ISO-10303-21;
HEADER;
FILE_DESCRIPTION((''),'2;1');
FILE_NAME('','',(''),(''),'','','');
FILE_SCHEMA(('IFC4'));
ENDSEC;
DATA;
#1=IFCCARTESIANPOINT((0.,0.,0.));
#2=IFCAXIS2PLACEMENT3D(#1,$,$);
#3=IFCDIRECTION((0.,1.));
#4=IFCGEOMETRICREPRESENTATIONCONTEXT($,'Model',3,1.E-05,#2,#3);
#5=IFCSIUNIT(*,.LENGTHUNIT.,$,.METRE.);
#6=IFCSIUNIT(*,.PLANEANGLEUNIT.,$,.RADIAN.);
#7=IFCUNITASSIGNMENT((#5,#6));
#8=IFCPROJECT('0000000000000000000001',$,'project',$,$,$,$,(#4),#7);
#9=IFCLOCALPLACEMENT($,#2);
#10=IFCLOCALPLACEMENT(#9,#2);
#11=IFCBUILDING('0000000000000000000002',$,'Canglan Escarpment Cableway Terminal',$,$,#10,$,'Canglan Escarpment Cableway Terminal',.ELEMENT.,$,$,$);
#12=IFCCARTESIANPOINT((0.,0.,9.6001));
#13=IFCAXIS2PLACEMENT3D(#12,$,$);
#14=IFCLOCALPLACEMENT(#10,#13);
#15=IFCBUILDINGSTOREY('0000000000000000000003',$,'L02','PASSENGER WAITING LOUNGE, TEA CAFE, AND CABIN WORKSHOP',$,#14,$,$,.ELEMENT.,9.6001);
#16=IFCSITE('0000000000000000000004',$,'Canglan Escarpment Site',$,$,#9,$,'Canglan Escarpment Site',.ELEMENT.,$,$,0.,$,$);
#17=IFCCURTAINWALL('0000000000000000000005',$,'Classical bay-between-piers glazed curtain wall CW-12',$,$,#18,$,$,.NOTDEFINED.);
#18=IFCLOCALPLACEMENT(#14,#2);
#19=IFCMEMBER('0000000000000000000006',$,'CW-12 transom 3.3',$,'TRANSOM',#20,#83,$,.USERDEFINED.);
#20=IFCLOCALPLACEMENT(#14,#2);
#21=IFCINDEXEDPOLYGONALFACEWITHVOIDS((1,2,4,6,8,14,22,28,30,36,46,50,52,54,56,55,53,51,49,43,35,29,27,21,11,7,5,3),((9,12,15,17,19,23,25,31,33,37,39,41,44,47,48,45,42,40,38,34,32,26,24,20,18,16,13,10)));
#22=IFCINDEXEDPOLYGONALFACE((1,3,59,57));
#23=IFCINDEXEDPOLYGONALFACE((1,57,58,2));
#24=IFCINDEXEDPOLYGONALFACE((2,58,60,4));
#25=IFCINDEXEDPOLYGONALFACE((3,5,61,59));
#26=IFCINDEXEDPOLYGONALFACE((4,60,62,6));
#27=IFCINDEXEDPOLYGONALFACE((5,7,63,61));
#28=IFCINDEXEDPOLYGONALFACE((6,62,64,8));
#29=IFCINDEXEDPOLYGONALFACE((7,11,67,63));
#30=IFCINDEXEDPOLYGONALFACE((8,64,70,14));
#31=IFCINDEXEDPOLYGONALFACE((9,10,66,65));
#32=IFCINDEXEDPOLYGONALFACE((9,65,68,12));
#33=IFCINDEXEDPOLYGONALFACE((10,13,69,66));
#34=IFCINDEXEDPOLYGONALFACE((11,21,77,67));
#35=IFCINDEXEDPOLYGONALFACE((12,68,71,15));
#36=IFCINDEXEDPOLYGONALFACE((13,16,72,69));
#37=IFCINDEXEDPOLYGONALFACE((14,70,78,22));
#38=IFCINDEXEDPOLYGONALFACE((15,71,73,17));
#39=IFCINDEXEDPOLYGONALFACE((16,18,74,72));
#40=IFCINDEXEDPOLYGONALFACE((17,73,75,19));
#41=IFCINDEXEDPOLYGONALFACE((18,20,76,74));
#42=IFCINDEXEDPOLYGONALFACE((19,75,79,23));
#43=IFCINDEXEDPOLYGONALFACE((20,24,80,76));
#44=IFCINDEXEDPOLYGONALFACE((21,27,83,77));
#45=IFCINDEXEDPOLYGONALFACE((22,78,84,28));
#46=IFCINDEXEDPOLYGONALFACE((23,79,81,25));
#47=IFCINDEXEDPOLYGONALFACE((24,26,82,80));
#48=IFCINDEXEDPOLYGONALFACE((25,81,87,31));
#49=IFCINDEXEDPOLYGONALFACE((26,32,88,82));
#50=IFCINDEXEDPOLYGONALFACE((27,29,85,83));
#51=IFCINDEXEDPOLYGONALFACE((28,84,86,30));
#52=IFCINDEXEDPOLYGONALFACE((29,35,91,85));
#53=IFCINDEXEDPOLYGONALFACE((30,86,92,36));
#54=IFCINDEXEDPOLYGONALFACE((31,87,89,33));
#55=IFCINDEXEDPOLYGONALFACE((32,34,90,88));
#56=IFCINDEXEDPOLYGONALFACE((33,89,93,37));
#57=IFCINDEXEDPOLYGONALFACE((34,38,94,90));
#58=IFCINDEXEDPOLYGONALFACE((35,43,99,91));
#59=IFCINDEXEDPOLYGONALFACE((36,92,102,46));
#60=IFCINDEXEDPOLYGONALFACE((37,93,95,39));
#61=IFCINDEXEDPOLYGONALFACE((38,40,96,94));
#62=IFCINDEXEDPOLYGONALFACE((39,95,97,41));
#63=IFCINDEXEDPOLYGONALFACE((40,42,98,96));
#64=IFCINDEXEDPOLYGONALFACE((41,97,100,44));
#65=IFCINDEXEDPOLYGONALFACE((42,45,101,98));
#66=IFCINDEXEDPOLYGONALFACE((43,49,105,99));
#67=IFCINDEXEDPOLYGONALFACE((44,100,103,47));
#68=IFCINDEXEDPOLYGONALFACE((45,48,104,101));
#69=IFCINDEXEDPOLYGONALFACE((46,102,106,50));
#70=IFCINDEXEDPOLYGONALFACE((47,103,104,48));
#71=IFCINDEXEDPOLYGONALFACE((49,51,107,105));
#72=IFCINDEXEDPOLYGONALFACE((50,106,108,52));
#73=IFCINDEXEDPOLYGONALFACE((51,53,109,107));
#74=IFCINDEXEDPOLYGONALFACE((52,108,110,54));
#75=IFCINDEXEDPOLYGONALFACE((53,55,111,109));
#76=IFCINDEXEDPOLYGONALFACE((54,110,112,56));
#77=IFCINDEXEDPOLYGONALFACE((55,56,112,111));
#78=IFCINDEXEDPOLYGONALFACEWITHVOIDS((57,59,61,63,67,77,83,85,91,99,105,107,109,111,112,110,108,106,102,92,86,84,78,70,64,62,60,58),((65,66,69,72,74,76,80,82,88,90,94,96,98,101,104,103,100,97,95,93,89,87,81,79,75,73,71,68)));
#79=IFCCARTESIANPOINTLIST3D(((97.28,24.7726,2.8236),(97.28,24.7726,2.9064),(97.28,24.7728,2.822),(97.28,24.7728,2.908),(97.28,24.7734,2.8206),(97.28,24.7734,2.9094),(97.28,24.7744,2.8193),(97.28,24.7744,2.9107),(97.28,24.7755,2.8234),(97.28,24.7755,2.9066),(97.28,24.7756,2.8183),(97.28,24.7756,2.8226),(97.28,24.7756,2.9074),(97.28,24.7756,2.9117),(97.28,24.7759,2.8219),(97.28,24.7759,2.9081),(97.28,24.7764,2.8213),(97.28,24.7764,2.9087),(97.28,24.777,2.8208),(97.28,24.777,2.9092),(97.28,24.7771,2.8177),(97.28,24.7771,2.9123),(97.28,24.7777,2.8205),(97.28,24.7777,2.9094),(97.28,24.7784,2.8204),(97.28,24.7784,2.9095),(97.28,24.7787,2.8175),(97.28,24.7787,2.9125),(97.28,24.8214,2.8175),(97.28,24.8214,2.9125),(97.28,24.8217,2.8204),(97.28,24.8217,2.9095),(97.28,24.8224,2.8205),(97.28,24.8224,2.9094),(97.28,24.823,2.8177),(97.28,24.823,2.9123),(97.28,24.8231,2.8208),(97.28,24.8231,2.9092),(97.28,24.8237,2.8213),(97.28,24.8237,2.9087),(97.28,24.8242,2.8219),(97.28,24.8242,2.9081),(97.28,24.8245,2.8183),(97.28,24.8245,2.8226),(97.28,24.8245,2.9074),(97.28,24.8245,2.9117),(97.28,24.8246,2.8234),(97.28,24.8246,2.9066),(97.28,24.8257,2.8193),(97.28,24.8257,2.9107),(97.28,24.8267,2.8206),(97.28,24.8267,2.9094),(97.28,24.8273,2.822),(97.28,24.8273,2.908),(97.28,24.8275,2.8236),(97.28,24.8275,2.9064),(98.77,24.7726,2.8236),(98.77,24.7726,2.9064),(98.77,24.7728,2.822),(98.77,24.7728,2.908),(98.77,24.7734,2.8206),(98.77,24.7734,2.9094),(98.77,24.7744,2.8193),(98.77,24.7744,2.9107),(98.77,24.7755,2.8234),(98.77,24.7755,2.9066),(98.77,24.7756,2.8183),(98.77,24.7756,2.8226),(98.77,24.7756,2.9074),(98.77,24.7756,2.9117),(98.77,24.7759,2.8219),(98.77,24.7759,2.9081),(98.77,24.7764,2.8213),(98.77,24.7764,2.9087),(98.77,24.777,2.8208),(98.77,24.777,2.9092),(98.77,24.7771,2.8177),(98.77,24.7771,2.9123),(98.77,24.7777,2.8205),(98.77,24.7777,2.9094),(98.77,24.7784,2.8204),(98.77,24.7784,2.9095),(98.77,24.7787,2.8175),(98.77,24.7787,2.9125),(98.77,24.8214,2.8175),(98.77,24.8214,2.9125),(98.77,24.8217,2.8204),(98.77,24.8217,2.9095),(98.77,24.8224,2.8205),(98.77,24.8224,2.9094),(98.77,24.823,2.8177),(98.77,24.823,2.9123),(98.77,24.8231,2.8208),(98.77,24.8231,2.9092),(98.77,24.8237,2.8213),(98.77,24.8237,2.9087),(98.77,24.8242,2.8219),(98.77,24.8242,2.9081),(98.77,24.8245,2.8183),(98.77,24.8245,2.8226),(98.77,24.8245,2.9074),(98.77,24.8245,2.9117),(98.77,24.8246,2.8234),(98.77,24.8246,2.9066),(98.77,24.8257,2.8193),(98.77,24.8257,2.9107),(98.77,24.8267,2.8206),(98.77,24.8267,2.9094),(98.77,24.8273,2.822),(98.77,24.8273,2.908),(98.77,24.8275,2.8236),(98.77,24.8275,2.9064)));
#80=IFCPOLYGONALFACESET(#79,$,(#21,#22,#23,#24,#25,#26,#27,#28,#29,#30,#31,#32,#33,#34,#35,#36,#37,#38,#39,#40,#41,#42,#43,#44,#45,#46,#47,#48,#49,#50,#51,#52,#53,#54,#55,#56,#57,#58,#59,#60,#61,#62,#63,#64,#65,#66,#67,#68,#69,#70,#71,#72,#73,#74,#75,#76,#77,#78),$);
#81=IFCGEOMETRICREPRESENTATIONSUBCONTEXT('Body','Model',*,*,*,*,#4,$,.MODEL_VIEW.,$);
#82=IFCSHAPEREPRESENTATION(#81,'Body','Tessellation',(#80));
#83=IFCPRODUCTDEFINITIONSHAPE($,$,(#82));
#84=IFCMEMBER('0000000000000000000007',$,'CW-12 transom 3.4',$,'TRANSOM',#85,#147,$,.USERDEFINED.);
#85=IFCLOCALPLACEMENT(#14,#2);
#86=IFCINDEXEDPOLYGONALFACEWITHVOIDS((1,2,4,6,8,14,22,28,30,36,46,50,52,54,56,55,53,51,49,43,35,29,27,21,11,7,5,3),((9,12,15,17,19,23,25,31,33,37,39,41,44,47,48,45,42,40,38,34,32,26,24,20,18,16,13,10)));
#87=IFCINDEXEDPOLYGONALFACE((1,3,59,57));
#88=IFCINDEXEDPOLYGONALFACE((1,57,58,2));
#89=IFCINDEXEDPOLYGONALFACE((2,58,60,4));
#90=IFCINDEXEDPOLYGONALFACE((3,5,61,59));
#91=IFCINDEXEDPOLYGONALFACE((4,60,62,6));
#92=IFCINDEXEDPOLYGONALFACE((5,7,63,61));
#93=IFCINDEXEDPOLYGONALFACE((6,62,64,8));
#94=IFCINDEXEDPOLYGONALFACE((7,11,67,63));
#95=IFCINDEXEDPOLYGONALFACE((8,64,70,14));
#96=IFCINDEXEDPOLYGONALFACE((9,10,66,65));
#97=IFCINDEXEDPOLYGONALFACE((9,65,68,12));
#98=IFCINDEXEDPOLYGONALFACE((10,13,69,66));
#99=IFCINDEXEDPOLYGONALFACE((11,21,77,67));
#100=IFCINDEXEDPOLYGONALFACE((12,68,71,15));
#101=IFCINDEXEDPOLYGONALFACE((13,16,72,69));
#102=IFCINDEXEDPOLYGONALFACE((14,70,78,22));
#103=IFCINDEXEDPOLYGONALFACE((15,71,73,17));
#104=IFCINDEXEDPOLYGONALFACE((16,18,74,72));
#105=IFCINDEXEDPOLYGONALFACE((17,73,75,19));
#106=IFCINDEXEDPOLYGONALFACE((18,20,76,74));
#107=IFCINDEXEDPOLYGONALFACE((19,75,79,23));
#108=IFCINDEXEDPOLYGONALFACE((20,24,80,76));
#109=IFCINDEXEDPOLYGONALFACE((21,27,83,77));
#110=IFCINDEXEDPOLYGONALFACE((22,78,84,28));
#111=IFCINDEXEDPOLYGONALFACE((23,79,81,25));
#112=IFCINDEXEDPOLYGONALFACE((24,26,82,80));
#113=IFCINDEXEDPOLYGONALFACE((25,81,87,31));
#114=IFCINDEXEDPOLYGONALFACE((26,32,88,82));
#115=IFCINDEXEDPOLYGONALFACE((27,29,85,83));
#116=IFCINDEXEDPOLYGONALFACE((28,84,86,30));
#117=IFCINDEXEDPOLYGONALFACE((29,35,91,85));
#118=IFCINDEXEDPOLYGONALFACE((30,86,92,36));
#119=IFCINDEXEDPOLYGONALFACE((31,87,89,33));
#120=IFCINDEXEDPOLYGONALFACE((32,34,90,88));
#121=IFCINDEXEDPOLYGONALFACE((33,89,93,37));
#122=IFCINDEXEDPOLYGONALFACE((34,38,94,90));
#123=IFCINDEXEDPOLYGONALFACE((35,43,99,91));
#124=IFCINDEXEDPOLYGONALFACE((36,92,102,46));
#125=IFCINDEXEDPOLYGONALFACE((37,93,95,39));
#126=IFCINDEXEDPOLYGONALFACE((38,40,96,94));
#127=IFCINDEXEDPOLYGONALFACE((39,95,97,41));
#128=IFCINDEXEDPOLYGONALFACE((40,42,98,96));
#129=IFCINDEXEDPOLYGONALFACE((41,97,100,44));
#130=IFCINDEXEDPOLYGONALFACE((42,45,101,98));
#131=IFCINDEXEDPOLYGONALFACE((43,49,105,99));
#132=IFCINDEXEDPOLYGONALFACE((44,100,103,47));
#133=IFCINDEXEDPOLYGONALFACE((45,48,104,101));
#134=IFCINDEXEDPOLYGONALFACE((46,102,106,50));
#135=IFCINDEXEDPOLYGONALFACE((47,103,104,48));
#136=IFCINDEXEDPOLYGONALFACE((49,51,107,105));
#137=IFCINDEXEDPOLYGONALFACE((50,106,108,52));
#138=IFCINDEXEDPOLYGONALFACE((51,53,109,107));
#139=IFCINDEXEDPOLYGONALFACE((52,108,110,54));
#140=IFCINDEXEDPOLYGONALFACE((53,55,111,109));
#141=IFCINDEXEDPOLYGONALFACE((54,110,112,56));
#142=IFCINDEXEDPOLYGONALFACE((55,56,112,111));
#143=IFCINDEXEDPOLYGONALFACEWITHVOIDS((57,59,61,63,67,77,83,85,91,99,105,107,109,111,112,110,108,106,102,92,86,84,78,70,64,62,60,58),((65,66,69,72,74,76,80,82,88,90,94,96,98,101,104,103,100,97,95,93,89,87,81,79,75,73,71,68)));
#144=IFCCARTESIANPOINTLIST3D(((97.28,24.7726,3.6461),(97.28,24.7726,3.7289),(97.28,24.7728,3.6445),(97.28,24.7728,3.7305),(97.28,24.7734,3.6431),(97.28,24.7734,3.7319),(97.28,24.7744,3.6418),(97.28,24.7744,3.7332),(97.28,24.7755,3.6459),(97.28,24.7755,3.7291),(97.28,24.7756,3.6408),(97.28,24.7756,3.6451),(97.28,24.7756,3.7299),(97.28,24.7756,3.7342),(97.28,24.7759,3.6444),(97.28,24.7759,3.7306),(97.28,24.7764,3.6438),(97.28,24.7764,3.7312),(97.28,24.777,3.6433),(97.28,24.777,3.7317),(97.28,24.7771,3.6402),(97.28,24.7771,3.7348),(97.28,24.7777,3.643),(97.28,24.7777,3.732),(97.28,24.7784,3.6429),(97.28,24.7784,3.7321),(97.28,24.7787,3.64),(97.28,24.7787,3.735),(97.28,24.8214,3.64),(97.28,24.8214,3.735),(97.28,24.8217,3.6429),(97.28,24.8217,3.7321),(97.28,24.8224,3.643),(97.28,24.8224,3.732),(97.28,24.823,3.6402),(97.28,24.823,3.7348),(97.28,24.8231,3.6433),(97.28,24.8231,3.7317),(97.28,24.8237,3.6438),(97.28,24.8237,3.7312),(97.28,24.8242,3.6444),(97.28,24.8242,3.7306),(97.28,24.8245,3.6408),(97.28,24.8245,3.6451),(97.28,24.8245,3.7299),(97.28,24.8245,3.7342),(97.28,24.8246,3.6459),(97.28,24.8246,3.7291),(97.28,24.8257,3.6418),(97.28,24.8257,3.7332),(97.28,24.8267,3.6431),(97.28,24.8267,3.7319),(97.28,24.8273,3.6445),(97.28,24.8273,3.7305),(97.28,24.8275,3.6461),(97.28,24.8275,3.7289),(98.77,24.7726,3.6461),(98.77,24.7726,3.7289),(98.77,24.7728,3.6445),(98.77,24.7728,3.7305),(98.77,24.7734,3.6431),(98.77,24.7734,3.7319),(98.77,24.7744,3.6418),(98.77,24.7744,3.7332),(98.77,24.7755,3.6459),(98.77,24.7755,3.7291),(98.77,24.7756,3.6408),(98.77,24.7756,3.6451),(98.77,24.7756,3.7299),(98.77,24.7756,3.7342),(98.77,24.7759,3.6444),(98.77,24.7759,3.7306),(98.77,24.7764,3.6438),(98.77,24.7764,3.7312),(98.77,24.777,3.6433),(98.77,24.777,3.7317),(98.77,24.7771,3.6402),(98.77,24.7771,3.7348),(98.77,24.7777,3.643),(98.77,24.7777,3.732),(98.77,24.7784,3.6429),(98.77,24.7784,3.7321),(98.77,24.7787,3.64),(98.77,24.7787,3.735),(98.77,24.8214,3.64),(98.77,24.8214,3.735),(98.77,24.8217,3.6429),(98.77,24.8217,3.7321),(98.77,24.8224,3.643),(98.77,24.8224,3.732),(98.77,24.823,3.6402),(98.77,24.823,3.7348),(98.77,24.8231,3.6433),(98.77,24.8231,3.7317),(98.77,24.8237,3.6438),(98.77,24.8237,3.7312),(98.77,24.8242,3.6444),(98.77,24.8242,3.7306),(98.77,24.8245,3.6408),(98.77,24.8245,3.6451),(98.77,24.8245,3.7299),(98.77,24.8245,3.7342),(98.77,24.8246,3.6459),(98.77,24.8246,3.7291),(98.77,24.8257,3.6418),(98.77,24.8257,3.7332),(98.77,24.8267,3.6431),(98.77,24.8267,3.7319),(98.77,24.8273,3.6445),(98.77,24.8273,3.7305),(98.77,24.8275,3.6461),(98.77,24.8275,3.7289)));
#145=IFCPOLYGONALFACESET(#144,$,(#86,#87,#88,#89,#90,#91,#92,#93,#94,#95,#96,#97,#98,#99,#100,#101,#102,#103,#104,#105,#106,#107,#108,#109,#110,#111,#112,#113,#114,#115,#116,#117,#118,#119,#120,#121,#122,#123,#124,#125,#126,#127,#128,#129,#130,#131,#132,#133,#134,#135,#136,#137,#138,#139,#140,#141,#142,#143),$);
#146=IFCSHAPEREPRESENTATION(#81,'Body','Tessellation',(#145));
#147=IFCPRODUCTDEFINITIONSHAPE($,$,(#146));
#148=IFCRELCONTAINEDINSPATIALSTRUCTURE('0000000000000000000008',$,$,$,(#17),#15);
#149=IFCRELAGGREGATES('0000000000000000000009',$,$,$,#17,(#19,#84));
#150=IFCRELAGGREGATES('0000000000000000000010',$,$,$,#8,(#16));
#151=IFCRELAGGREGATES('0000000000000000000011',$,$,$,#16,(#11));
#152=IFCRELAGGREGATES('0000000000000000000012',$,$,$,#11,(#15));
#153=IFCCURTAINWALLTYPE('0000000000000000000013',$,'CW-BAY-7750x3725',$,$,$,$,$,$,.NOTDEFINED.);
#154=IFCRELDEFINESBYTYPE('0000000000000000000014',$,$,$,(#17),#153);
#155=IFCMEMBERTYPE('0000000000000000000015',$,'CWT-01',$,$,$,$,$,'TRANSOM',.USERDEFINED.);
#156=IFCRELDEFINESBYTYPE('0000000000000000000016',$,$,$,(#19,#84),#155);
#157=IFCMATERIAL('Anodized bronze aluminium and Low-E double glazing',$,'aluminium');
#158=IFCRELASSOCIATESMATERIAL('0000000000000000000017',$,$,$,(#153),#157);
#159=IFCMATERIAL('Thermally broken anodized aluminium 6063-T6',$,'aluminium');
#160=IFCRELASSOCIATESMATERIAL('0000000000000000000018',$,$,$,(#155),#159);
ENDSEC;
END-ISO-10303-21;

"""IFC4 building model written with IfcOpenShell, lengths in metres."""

from ifc_helpers import new_model, si_unit, direction, frame, origin, origin_2d, place, context, subcontext, project, spatial, hollow_rectangle, extrude, material, material_profile, profile_set, type_object, element, aggregate, save


model = new_model("IFC4")

# Units and contexts
model_context = context("Model", 3, precision=1e-05, world=origin(), true_north=direction((0.0, 1.0)))
body_context = subcontext(model_context, "Body", "Model", "MODEL_VIEW")
ifc_project = project(units=[si_unit("LENGTHUNIT", "METRE"), si_unit("PLANEANGLEUNIT", "RADIAN")], contexts=[model_context])

# Site, building, storey
site_placement = place(None, origin())
site = spatial("IfcSite", under=ifc_project, at=site_placement, Name="Canglan Escarpment Site", LongName="Canglan Escarpment Site", CompositionType="ELEMENT", RefElevation=0.0)
building_placement = place(site_placement, origin())
building = spatial("IfcBuilding", under=site, at=building_placement, Name="Canglan Escarpment Cableway Terminal", LongName="Canglan Escarpment Cableway Terminal", CompositionType="ELEMENT")
storey_placement = place(building_placement, frame((0.0, 0.0, 9.6001)))
storey = spatial("IfcBuildingStorey", under=building, at=storey_placement, Name="L02", Description="PASSENGER WAITING LOUNGE, TEA CAFE, AND CABIN WORKSHOP", CompositionType="ELEMENT", Elevation=9.6001)

# Curtain wall, members
ifc_material_1 = material(Name="Anodized bronze aluminium and Low-E double glazing", Category="aluminium")
curtain_wall_type = type_object("IfcCurtainWallType", Name="CW-BAY-7750x3725", PredefinedType="NOTDEFINED", material=ifc_material_1)
curtain_wall_placement = place(storey_placement, origin())
curtain_wall = element("IfcCurtainWall", 1, at=curtain_wall_placement, inside=storey, type_object=curtain_wall_type, Name="Classical bay-between-piers glazed curtain wall CW-12", PredefinedType="NOTDEFINED")
ifc_material_2 = material(Name="Thermally broken anodized aluminium 6063-T6", Category="aluminium")
ifc_material_profile_1 = material_profile(ifc_material_2, hollow_rectangle(XDim=0.0549, YDim=0.095, WallThickness=0.0029, InnerFilletRadius=0.0029, OuterFilletRadius=0.0061, at=origin_2d()), Name="ALU-TRAN 55x95x3")
ifc_profile_set_1 = profile_set([ifc_material_profile_1], Name="Thermally broken anodized aluminium 6063-T6")
member_type_1 = type_object("IfcMemberType", Name="CWT-01", ElementType="TRANSOM", PredefinedType="USERDEFINED", material=ifc_profile_set_1)
member_1_placement = place(storey_placement, frame((98.77, 24.8, 2.865), z_axis=(-1.0, 0.0, 0.0), x_axis=(0.0, -1.0, 0.0)))
member_1 = element("IfcMember", 2, at=member_1_placement, type_object=member_type_1, Name="CW-12 transom 3.3", ObjectType="TRANSOM", PredefinedType="USERDEFINED", context=body_context, shape_type="SweptSolid", body=[
    extrude(hollow_rectangle(XDim=0.0549, YDim=0.095, WallThickness=0.0029, InnerFilletRadius=0.0029, OuterFilletRadius=0.0061, at=origin_2d()), origin(), (0.0, 0.0, 1.0), 1.49),
])
member_2_placement = place(storey_placement, frame((98.77, 24.8, 3.6875), z_axis=(-1.0, 0.0, 0.0), x_axis=(0.0, -1.0, 0.0)))
member_2 = element("IfcMember", 3, at=member_2_placement, type_object=member_type_1, Name="CW-12 transom 3.4", ObjectType="TRANSOM", PredefinedType="USERDEFINED", context=body_context, shape_type="SweptSolid", body=[
    extrude(hollow_rectangle(XDim=0.0549, YDim=0.095, WallThickness=0.0029, InnerFilletRadius=0.0029, OuterFilletRadius=0.0061, at=origin_2d()), origin(), (0.0, 0.0, 1.0), 1.49),
])
aggregate(curtain_wall, [member_1, member_2])

save(model, "model.ifc")
